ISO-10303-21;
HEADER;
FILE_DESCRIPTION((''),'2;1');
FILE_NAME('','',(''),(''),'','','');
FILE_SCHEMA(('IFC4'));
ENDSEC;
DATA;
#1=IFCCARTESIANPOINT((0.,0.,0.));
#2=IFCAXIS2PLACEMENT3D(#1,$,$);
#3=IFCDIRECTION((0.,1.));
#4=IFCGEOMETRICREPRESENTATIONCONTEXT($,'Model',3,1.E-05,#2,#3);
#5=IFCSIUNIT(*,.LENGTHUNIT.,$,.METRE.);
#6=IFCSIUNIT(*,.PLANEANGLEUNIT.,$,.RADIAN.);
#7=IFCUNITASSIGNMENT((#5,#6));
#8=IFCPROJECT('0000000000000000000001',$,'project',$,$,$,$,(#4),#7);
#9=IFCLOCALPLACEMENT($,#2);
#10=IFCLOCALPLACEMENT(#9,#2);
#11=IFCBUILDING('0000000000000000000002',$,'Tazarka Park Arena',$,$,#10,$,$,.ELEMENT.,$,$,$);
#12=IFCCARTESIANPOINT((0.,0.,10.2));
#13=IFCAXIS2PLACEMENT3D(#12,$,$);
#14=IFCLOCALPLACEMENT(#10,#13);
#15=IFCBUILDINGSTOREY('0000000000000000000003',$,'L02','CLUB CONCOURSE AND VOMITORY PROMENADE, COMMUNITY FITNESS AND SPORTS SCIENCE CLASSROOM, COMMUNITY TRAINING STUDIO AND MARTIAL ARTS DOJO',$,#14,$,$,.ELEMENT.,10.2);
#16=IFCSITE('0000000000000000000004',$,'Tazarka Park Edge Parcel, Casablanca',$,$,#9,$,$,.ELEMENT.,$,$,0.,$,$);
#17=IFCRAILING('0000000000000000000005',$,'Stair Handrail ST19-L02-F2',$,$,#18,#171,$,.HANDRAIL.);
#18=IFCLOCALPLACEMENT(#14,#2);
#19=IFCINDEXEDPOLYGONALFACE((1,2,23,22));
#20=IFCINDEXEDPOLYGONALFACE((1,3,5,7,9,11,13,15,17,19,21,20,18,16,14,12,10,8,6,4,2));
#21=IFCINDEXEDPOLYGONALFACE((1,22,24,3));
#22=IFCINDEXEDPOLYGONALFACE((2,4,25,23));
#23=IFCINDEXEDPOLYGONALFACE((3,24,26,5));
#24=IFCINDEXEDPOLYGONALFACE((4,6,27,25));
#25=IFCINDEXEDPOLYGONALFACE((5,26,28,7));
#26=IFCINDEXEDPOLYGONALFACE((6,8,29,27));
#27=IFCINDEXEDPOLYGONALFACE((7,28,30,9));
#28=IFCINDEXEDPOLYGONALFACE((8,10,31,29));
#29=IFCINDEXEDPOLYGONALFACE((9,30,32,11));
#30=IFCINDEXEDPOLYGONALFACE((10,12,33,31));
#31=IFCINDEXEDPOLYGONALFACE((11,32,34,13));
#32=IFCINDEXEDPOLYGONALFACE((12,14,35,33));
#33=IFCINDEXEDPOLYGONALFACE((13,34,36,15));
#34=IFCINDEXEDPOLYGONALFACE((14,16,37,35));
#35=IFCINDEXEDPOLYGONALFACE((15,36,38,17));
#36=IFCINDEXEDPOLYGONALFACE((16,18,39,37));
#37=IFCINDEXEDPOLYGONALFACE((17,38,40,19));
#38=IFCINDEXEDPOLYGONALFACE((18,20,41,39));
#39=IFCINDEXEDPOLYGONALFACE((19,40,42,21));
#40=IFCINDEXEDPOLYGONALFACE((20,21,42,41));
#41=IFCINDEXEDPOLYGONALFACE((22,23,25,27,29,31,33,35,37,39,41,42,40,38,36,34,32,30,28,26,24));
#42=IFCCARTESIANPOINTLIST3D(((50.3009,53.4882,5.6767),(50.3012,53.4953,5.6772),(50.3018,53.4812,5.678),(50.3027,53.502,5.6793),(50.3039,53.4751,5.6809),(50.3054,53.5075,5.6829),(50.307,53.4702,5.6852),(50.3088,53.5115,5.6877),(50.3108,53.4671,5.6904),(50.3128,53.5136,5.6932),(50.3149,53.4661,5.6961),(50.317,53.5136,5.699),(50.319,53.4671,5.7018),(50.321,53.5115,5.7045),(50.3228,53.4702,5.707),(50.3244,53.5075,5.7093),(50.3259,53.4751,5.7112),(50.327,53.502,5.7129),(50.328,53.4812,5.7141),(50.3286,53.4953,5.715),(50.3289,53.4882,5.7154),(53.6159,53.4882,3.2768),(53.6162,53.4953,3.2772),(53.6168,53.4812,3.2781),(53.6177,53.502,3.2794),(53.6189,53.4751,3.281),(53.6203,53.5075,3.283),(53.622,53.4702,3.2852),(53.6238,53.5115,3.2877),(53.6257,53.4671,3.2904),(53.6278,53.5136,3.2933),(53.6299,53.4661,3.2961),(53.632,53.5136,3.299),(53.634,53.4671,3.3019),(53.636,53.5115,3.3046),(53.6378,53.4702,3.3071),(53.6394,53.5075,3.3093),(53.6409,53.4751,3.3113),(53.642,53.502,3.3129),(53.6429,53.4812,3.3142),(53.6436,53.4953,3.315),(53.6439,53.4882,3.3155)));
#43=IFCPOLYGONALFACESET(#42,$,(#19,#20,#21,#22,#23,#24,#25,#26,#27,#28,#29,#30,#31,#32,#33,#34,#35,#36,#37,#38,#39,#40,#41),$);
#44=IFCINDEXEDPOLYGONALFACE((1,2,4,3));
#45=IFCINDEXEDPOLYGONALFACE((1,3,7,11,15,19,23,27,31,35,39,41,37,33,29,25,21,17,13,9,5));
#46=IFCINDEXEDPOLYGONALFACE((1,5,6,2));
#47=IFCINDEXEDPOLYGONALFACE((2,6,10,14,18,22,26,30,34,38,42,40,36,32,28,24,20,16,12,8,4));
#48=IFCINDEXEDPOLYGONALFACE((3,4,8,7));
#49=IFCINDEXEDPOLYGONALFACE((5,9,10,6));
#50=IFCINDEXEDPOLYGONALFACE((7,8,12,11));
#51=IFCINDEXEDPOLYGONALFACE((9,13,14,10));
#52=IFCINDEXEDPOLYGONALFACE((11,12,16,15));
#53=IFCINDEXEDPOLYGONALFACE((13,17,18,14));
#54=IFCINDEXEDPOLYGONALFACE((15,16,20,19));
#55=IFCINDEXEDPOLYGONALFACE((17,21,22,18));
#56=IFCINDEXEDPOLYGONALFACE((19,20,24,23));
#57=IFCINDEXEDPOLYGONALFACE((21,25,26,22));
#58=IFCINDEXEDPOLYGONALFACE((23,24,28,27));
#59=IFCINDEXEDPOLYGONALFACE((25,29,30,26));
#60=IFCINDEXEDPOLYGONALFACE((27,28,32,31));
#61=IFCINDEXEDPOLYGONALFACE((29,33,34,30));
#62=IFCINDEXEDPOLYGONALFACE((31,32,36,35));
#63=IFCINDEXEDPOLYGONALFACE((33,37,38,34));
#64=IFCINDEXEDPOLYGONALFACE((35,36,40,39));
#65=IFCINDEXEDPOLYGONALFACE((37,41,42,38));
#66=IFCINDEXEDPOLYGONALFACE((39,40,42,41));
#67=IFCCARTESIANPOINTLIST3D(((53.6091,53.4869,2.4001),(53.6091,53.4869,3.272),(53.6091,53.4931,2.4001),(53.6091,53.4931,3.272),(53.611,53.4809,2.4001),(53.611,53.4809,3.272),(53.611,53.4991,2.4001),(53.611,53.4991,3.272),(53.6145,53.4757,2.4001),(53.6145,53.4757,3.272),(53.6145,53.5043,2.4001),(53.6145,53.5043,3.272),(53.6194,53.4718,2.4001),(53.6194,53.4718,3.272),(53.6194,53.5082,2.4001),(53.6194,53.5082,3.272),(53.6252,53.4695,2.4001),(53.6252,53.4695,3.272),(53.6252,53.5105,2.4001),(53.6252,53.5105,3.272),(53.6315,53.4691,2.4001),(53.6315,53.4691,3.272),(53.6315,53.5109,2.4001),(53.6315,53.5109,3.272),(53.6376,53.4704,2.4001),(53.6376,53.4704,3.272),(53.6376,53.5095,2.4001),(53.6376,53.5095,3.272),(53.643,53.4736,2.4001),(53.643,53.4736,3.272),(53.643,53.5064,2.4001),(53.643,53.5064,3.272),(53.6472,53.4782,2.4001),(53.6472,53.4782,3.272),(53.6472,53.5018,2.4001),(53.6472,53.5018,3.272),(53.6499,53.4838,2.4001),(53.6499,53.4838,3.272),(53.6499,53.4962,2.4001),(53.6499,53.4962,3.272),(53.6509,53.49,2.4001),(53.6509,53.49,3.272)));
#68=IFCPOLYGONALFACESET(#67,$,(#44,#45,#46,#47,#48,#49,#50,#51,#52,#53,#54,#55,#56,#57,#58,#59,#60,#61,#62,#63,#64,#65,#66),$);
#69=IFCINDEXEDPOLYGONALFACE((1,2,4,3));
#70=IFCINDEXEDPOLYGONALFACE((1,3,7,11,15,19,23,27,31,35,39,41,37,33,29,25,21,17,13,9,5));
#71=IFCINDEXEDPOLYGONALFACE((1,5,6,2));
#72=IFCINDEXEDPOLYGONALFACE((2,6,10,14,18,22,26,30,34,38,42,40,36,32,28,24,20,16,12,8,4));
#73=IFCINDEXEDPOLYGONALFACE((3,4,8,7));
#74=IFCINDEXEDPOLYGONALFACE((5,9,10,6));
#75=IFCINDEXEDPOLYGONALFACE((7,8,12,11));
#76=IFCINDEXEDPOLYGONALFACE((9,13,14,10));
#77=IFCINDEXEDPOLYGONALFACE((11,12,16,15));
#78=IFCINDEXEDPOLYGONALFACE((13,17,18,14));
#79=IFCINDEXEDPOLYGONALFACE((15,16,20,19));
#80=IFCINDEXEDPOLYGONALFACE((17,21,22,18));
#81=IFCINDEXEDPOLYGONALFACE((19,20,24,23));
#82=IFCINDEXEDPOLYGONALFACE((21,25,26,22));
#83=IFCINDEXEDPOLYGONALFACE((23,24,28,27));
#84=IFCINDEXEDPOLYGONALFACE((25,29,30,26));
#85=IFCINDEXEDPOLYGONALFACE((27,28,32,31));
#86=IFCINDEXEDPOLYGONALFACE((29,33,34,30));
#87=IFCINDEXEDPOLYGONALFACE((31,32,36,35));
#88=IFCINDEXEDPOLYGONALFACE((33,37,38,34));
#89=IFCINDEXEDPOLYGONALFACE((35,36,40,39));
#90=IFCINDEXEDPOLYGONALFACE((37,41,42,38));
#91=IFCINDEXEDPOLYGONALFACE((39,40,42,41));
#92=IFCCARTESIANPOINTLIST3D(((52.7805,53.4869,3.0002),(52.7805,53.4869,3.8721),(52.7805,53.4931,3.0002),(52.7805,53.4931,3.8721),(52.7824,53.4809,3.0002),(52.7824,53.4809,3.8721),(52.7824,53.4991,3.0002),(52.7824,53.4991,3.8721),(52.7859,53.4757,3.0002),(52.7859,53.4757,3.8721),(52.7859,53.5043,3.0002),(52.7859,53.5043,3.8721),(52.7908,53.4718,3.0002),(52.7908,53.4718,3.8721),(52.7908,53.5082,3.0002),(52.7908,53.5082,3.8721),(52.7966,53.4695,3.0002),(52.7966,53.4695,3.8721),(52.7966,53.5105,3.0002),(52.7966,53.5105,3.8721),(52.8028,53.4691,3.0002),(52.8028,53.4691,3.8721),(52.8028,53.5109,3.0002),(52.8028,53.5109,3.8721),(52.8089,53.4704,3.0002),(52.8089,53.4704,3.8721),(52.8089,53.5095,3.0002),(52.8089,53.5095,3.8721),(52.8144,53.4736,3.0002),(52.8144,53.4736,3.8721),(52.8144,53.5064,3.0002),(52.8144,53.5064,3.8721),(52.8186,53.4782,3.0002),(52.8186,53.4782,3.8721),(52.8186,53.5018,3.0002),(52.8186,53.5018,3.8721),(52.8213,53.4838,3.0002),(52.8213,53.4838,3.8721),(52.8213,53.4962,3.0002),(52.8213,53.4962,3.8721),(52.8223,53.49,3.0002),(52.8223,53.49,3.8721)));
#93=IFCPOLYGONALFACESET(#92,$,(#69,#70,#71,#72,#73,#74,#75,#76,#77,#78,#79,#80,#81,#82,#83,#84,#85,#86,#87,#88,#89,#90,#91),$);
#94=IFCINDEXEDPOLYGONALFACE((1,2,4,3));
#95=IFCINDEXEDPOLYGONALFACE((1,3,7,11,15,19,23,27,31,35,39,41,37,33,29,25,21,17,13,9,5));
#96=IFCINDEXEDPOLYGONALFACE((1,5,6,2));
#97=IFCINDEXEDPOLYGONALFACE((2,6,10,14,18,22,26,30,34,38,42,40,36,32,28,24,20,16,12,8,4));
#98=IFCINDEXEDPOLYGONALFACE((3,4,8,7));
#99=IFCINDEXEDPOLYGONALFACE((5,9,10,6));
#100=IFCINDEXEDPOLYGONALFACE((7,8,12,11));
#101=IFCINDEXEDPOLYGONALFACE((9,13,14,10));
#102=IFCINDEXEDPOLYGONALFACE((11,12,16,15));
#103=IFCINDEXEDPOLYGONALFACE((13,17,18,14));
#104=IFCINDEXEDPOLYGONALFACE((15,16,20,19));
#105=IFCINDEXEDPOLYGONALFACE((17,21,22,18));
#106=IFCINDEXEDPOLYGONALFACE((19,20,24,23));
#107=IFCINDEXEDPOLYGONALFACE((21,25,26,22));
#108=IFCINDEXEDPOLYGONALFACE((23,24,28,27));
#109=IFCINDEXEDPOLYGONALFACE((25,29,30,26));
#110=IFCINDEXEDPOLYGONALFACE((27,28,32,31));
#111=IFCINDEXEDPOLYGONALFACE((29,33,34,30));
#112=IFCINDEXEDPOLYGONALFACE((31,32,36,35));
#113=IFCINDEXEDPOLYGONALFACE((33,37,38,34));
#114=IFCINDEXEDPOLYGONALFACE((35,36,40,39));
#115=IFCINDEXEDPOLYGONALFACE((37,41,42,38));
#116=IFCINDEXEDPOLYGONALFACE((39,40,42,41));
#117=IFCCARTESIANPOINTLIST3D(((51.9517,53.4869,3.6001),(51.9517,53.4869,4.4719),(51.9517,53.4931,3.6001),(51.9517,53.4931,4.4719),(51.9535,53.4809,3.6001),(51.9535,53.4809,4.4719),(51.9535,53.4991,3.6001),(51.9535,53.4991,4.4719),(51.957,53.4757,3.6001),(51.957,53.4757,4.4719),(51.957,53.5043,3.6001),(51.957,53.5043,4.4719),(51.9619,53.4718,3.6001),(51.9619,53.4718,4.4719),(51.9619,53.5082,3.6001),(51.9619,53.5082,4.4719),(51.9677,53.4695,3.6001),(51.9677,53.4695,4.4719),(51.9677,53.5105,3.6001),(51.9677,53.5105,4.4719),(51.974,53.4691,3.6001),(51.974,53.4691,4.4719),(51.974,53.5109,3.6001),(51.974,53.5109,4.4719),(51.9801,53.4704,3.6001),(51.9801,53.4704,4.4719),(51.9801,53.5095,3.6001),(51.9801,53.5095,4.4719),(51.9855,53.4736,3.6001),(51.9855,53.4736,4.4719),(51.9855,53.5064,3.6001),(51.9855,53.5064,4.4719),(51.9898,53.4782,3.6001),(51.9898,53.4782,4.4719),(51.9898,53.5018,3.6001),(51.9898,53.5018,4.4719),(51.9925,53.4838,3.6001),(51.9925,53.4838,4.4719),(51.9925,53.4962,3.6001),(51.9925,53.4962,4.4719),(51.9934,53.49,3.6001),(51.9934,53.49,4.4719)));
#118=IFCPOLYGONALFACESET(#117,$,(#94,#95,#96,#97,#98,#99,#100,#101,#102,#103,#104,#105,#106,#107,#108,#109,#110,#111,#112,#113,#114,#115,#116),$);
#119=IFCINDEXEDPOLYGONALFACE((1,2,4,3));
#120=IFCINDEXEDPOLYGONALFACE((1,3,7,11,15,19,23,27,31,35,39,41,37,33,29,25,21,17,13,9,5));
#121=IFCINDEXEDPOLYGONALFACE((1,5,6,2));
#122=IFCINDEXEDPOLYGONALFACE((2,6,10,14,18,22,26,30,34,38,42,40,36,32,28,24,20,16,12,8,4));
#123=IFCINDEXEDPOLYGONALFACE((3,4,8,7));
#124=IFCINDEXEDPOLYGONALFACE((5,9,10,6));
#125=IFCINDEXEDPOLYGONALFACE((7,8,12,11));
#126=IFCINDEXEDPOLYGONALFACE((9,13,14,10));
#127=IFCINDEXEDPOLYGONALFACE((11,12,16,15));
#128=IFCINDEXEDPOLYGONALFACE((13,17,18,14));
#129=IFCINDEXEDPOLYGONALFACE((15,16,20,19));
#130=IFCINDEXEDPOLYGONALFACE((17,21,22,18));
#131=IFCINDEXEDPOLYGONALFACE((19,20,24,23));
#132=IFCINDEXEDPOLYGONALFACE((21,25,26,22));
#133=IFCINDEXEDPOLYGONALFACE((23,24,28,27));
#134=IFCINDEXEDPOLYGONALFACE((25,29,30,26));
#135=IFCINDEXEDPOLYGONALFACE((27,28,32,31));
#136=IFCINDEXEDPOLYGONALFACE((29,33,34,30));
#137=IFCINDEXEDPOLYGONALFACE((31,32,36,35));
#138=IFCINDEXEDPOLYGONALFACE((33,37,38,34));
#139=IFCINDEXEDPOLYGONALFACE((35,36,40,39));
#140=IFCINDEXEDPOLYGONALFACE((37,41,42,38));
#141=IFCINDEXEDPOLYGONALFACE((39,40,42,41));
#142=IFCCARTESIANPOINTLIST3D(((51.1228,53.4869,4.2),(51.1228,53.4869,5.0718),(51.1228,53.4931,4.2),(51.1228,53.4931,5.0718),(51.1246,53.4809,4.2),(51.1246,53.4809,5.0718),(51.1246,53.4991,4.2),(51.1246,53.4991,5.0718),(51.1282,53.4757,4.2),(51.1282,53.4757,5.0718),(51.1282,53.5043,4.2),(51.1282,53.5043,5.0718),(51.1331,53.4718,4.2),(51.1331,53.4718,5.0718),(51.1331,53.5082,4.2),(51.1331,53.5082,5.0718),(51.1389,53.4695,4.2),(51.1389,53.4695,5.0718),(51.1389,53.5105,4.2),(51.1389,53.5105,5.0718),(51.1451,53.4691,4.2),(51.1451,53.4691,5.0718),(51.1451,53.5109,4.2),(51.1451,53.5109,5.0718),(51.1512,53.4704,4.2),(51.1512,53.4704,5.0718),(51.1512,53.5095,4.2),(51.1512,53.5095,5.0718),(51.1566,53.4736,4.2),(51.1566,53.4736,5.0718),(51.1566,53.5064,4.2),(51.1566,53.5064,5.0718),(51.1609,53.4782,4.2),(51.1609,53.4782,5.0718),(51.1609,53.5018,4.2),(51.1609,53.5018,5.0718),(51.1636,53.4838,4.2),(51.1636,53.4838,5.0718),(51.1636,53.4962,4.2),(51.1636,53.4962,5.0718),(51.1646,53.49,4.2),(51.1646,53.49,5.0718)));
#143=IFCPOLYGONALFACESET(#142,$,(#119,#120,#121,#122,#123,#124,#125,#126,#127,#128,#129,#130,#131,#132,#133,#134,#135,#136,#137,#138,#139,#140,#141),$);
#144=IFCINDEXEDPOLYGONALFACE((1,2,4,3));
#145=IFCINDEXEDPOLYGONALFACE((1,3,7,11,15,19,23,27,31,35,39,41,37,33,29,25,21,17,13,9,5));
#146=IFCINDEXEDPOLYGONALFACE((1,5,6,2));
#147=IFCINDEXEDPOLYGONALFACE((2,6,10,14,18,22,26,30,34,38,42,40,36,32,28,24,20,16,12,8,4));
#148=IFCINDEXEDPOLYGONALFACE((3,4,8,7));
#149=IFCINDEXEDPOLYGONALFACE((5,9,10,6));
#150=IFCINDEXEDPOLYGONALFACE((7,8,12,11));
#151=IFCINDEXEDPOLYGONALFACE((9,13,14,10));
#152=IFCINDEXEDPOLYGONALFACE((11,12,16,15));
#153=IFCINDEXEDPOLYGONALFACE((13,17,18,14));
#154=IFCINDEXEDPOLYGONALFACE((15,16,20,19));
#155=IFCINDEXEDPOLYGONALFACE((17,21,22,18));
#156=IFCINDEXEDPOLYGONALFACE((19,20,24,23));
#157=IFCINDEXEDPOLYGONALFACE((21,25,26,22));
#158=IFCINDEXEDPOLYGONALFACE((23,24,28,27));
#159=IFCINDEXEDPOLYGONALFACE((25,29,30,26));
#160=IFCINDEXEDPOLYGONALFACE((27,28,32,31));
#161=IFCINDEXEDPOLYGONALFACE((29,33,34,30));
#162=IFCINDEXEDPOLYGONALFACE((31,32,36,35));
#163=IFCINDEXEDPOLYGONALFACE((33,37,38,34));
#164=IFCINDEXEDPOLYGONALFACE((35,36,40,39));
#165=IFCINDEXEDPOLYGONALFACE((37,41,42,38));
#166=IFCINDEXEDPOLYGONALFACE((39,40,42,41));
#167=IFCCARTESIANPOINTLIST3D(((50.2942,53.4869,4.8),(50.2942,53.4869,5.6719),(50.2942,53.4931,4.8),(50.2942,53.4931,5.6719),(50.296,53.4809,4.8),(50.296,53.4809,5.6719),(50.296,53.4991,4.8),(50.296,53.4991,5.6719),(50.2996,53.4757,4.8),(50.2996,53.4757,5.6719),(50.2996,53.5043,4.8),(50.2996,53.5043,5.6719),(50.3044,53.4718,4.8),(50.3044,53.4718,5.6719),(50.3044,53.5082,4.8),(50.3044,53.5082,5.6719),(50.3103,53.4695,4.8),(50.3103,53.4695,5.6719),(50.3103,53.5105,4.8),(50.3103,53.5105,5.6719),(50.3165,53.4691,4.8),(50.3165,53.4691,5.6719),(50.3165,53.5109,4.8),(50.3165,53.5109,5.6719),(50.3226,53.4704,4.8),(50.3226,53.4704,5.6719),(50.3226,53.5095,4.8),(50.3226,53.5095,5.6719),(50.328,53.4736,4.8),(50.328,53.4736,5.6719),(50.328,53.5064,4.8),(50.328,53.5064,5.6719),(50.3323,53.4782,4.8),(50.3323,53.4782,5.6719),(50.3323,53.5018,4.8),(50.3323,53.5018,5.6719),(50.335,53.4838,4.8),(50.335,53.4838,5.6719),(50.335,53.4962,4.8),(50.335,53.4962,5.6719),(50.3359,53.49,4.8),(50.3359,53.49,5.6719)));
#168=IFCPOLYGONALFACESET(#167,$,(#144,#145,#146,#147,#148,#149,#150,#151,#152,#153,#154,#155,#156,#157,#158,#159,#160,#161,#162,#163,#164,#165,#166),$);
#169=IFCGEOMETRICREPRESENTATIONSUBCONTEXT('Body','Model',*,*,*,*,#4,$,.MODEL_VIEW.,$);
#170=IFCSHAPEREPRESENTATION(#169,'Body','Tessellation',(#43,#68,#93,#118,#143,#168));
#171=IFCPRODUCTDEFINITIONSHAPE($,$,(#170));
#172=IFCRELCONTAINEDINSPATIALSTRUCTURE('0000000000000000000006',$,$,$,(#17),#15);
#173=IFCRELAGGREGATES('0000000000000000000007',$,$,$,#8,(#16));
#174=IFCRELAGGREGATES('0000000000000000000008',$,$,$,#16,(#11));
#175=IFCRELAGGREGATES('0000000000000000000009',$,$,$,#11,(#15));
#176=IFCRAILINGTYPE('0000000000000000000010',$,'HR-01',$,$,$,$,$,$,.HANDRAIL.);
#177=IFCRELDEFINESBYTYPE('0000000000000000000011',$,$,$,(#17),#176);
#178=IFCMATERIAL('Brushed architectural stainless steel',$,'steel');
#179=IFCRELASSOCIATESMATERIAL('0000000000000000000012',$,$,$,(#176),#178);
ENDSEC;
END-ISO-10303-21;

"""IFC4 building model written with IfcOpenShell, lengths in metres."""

from ifc_helpers import new_model, si_unit, direction, frame, origin, origin_2d, place, context, subcontext, project, spatial, circle, extrude, material, type_object, element, save


model = new_model("IFC4")

# Units and contexts
model_context = context("Model", 3, precision=1e-05, world=origin(), true_north=direction((0.0, 1.0)))
body_context = subcontext(model_context, "Body", "Model", "MODEL_VIEW")
ifc_project = project(units=[si_unit("LENGTHUNIT", "METRE"), si_unit("PLANEANGLEUNIT", "RADIAN")], contexts=[model_context])

# Site, building, storey
site_placement = place(None, origin())
site = spatial("IfcSite", under=ifc_project, at=site_placement, Name="Tazarka Park Edge Parcel, Casablanca", CompositionType="ELEMENT", RefElevation=0.0)
building_placement = place(site_placement, origin())
building = spatial("IfcBuilding", under=site, at=building_placement, Name="Tazarka Park Arena", CompositionType="ELEMENT")
storey_placement = place(building_placement, frame((0.0, 0.0, 10.2)))
storey = spatial("IfcBuildingStorey", under=building, at=storey_placement, Name="L02", Description="CLUB CONCOURSE AND VOMITORY PROMENADE, COMMUNITY FITNESS AND SPORTS SCIENCE CLASSROOM, COMMUNITY TRAINING STUDIO AND MARTIAL ARTS DOJO", CompositionType="ELEMENT", Elevation=10.2)

# Railing
ifc_material_1 = material(Name="Brushed architectural stainless steel", Category="steel")
railing_type_1 = type_object("IfcRailingType", Name="HR-01", PredefinedType="HANDRAIL", material=ifc_material_1)
railing_1_placement = place(storey_placement, frame((53.6299, 53.49, 2.4001)))
element("IfcRailing", 1, at=railing_1_placement, inside=storey, type_object=railing_type_1, Name="Stair Handrail ST19-L02-F2", PredefinedType="HANDRAIL", context=body_context, shape_type="SweptSolid", body=[
    extrude(circle(Radius=0.0239, at=origin_2d()), frame((0.0, 0.0, 0.896), z_axis=(-0.810009, 0.0, 0.586418), x_axis=(0.0, -1.0, 0.0)), (0.0, 0.0, 1.0), 4.0925),
    extrude(circle(Radius=0.021, at=origin_2d()), origin(), (0.0, 0.0, 1.0), 0.8718),
    extrude(circle(Radius=0.021, at=origin_2d()), frame((-0.8286, 0.0, 0.6001)), (0.0, 0.0, 1.0), 0.8718),
    extrude(circle(Radius=0.021, at=origin_2d()), frame((-1.6575, 0.0, 1.2)), (0.0, 0.0, 1.0), 0.8718),
    extrude(circle(Radius=0.021, at=origin_2d()), frame((-2.4863, 0.0, 1.7998)), (0.0, 0.0, 1.0), 0.8718),
    extrude(circle(Radius=0.021, at=origin_2d()), frame((-3.3149, 0.0, 2.3999)), (0.0, 0.0, 1.0), 0.8718),
])

save(model, "model.ifc")
